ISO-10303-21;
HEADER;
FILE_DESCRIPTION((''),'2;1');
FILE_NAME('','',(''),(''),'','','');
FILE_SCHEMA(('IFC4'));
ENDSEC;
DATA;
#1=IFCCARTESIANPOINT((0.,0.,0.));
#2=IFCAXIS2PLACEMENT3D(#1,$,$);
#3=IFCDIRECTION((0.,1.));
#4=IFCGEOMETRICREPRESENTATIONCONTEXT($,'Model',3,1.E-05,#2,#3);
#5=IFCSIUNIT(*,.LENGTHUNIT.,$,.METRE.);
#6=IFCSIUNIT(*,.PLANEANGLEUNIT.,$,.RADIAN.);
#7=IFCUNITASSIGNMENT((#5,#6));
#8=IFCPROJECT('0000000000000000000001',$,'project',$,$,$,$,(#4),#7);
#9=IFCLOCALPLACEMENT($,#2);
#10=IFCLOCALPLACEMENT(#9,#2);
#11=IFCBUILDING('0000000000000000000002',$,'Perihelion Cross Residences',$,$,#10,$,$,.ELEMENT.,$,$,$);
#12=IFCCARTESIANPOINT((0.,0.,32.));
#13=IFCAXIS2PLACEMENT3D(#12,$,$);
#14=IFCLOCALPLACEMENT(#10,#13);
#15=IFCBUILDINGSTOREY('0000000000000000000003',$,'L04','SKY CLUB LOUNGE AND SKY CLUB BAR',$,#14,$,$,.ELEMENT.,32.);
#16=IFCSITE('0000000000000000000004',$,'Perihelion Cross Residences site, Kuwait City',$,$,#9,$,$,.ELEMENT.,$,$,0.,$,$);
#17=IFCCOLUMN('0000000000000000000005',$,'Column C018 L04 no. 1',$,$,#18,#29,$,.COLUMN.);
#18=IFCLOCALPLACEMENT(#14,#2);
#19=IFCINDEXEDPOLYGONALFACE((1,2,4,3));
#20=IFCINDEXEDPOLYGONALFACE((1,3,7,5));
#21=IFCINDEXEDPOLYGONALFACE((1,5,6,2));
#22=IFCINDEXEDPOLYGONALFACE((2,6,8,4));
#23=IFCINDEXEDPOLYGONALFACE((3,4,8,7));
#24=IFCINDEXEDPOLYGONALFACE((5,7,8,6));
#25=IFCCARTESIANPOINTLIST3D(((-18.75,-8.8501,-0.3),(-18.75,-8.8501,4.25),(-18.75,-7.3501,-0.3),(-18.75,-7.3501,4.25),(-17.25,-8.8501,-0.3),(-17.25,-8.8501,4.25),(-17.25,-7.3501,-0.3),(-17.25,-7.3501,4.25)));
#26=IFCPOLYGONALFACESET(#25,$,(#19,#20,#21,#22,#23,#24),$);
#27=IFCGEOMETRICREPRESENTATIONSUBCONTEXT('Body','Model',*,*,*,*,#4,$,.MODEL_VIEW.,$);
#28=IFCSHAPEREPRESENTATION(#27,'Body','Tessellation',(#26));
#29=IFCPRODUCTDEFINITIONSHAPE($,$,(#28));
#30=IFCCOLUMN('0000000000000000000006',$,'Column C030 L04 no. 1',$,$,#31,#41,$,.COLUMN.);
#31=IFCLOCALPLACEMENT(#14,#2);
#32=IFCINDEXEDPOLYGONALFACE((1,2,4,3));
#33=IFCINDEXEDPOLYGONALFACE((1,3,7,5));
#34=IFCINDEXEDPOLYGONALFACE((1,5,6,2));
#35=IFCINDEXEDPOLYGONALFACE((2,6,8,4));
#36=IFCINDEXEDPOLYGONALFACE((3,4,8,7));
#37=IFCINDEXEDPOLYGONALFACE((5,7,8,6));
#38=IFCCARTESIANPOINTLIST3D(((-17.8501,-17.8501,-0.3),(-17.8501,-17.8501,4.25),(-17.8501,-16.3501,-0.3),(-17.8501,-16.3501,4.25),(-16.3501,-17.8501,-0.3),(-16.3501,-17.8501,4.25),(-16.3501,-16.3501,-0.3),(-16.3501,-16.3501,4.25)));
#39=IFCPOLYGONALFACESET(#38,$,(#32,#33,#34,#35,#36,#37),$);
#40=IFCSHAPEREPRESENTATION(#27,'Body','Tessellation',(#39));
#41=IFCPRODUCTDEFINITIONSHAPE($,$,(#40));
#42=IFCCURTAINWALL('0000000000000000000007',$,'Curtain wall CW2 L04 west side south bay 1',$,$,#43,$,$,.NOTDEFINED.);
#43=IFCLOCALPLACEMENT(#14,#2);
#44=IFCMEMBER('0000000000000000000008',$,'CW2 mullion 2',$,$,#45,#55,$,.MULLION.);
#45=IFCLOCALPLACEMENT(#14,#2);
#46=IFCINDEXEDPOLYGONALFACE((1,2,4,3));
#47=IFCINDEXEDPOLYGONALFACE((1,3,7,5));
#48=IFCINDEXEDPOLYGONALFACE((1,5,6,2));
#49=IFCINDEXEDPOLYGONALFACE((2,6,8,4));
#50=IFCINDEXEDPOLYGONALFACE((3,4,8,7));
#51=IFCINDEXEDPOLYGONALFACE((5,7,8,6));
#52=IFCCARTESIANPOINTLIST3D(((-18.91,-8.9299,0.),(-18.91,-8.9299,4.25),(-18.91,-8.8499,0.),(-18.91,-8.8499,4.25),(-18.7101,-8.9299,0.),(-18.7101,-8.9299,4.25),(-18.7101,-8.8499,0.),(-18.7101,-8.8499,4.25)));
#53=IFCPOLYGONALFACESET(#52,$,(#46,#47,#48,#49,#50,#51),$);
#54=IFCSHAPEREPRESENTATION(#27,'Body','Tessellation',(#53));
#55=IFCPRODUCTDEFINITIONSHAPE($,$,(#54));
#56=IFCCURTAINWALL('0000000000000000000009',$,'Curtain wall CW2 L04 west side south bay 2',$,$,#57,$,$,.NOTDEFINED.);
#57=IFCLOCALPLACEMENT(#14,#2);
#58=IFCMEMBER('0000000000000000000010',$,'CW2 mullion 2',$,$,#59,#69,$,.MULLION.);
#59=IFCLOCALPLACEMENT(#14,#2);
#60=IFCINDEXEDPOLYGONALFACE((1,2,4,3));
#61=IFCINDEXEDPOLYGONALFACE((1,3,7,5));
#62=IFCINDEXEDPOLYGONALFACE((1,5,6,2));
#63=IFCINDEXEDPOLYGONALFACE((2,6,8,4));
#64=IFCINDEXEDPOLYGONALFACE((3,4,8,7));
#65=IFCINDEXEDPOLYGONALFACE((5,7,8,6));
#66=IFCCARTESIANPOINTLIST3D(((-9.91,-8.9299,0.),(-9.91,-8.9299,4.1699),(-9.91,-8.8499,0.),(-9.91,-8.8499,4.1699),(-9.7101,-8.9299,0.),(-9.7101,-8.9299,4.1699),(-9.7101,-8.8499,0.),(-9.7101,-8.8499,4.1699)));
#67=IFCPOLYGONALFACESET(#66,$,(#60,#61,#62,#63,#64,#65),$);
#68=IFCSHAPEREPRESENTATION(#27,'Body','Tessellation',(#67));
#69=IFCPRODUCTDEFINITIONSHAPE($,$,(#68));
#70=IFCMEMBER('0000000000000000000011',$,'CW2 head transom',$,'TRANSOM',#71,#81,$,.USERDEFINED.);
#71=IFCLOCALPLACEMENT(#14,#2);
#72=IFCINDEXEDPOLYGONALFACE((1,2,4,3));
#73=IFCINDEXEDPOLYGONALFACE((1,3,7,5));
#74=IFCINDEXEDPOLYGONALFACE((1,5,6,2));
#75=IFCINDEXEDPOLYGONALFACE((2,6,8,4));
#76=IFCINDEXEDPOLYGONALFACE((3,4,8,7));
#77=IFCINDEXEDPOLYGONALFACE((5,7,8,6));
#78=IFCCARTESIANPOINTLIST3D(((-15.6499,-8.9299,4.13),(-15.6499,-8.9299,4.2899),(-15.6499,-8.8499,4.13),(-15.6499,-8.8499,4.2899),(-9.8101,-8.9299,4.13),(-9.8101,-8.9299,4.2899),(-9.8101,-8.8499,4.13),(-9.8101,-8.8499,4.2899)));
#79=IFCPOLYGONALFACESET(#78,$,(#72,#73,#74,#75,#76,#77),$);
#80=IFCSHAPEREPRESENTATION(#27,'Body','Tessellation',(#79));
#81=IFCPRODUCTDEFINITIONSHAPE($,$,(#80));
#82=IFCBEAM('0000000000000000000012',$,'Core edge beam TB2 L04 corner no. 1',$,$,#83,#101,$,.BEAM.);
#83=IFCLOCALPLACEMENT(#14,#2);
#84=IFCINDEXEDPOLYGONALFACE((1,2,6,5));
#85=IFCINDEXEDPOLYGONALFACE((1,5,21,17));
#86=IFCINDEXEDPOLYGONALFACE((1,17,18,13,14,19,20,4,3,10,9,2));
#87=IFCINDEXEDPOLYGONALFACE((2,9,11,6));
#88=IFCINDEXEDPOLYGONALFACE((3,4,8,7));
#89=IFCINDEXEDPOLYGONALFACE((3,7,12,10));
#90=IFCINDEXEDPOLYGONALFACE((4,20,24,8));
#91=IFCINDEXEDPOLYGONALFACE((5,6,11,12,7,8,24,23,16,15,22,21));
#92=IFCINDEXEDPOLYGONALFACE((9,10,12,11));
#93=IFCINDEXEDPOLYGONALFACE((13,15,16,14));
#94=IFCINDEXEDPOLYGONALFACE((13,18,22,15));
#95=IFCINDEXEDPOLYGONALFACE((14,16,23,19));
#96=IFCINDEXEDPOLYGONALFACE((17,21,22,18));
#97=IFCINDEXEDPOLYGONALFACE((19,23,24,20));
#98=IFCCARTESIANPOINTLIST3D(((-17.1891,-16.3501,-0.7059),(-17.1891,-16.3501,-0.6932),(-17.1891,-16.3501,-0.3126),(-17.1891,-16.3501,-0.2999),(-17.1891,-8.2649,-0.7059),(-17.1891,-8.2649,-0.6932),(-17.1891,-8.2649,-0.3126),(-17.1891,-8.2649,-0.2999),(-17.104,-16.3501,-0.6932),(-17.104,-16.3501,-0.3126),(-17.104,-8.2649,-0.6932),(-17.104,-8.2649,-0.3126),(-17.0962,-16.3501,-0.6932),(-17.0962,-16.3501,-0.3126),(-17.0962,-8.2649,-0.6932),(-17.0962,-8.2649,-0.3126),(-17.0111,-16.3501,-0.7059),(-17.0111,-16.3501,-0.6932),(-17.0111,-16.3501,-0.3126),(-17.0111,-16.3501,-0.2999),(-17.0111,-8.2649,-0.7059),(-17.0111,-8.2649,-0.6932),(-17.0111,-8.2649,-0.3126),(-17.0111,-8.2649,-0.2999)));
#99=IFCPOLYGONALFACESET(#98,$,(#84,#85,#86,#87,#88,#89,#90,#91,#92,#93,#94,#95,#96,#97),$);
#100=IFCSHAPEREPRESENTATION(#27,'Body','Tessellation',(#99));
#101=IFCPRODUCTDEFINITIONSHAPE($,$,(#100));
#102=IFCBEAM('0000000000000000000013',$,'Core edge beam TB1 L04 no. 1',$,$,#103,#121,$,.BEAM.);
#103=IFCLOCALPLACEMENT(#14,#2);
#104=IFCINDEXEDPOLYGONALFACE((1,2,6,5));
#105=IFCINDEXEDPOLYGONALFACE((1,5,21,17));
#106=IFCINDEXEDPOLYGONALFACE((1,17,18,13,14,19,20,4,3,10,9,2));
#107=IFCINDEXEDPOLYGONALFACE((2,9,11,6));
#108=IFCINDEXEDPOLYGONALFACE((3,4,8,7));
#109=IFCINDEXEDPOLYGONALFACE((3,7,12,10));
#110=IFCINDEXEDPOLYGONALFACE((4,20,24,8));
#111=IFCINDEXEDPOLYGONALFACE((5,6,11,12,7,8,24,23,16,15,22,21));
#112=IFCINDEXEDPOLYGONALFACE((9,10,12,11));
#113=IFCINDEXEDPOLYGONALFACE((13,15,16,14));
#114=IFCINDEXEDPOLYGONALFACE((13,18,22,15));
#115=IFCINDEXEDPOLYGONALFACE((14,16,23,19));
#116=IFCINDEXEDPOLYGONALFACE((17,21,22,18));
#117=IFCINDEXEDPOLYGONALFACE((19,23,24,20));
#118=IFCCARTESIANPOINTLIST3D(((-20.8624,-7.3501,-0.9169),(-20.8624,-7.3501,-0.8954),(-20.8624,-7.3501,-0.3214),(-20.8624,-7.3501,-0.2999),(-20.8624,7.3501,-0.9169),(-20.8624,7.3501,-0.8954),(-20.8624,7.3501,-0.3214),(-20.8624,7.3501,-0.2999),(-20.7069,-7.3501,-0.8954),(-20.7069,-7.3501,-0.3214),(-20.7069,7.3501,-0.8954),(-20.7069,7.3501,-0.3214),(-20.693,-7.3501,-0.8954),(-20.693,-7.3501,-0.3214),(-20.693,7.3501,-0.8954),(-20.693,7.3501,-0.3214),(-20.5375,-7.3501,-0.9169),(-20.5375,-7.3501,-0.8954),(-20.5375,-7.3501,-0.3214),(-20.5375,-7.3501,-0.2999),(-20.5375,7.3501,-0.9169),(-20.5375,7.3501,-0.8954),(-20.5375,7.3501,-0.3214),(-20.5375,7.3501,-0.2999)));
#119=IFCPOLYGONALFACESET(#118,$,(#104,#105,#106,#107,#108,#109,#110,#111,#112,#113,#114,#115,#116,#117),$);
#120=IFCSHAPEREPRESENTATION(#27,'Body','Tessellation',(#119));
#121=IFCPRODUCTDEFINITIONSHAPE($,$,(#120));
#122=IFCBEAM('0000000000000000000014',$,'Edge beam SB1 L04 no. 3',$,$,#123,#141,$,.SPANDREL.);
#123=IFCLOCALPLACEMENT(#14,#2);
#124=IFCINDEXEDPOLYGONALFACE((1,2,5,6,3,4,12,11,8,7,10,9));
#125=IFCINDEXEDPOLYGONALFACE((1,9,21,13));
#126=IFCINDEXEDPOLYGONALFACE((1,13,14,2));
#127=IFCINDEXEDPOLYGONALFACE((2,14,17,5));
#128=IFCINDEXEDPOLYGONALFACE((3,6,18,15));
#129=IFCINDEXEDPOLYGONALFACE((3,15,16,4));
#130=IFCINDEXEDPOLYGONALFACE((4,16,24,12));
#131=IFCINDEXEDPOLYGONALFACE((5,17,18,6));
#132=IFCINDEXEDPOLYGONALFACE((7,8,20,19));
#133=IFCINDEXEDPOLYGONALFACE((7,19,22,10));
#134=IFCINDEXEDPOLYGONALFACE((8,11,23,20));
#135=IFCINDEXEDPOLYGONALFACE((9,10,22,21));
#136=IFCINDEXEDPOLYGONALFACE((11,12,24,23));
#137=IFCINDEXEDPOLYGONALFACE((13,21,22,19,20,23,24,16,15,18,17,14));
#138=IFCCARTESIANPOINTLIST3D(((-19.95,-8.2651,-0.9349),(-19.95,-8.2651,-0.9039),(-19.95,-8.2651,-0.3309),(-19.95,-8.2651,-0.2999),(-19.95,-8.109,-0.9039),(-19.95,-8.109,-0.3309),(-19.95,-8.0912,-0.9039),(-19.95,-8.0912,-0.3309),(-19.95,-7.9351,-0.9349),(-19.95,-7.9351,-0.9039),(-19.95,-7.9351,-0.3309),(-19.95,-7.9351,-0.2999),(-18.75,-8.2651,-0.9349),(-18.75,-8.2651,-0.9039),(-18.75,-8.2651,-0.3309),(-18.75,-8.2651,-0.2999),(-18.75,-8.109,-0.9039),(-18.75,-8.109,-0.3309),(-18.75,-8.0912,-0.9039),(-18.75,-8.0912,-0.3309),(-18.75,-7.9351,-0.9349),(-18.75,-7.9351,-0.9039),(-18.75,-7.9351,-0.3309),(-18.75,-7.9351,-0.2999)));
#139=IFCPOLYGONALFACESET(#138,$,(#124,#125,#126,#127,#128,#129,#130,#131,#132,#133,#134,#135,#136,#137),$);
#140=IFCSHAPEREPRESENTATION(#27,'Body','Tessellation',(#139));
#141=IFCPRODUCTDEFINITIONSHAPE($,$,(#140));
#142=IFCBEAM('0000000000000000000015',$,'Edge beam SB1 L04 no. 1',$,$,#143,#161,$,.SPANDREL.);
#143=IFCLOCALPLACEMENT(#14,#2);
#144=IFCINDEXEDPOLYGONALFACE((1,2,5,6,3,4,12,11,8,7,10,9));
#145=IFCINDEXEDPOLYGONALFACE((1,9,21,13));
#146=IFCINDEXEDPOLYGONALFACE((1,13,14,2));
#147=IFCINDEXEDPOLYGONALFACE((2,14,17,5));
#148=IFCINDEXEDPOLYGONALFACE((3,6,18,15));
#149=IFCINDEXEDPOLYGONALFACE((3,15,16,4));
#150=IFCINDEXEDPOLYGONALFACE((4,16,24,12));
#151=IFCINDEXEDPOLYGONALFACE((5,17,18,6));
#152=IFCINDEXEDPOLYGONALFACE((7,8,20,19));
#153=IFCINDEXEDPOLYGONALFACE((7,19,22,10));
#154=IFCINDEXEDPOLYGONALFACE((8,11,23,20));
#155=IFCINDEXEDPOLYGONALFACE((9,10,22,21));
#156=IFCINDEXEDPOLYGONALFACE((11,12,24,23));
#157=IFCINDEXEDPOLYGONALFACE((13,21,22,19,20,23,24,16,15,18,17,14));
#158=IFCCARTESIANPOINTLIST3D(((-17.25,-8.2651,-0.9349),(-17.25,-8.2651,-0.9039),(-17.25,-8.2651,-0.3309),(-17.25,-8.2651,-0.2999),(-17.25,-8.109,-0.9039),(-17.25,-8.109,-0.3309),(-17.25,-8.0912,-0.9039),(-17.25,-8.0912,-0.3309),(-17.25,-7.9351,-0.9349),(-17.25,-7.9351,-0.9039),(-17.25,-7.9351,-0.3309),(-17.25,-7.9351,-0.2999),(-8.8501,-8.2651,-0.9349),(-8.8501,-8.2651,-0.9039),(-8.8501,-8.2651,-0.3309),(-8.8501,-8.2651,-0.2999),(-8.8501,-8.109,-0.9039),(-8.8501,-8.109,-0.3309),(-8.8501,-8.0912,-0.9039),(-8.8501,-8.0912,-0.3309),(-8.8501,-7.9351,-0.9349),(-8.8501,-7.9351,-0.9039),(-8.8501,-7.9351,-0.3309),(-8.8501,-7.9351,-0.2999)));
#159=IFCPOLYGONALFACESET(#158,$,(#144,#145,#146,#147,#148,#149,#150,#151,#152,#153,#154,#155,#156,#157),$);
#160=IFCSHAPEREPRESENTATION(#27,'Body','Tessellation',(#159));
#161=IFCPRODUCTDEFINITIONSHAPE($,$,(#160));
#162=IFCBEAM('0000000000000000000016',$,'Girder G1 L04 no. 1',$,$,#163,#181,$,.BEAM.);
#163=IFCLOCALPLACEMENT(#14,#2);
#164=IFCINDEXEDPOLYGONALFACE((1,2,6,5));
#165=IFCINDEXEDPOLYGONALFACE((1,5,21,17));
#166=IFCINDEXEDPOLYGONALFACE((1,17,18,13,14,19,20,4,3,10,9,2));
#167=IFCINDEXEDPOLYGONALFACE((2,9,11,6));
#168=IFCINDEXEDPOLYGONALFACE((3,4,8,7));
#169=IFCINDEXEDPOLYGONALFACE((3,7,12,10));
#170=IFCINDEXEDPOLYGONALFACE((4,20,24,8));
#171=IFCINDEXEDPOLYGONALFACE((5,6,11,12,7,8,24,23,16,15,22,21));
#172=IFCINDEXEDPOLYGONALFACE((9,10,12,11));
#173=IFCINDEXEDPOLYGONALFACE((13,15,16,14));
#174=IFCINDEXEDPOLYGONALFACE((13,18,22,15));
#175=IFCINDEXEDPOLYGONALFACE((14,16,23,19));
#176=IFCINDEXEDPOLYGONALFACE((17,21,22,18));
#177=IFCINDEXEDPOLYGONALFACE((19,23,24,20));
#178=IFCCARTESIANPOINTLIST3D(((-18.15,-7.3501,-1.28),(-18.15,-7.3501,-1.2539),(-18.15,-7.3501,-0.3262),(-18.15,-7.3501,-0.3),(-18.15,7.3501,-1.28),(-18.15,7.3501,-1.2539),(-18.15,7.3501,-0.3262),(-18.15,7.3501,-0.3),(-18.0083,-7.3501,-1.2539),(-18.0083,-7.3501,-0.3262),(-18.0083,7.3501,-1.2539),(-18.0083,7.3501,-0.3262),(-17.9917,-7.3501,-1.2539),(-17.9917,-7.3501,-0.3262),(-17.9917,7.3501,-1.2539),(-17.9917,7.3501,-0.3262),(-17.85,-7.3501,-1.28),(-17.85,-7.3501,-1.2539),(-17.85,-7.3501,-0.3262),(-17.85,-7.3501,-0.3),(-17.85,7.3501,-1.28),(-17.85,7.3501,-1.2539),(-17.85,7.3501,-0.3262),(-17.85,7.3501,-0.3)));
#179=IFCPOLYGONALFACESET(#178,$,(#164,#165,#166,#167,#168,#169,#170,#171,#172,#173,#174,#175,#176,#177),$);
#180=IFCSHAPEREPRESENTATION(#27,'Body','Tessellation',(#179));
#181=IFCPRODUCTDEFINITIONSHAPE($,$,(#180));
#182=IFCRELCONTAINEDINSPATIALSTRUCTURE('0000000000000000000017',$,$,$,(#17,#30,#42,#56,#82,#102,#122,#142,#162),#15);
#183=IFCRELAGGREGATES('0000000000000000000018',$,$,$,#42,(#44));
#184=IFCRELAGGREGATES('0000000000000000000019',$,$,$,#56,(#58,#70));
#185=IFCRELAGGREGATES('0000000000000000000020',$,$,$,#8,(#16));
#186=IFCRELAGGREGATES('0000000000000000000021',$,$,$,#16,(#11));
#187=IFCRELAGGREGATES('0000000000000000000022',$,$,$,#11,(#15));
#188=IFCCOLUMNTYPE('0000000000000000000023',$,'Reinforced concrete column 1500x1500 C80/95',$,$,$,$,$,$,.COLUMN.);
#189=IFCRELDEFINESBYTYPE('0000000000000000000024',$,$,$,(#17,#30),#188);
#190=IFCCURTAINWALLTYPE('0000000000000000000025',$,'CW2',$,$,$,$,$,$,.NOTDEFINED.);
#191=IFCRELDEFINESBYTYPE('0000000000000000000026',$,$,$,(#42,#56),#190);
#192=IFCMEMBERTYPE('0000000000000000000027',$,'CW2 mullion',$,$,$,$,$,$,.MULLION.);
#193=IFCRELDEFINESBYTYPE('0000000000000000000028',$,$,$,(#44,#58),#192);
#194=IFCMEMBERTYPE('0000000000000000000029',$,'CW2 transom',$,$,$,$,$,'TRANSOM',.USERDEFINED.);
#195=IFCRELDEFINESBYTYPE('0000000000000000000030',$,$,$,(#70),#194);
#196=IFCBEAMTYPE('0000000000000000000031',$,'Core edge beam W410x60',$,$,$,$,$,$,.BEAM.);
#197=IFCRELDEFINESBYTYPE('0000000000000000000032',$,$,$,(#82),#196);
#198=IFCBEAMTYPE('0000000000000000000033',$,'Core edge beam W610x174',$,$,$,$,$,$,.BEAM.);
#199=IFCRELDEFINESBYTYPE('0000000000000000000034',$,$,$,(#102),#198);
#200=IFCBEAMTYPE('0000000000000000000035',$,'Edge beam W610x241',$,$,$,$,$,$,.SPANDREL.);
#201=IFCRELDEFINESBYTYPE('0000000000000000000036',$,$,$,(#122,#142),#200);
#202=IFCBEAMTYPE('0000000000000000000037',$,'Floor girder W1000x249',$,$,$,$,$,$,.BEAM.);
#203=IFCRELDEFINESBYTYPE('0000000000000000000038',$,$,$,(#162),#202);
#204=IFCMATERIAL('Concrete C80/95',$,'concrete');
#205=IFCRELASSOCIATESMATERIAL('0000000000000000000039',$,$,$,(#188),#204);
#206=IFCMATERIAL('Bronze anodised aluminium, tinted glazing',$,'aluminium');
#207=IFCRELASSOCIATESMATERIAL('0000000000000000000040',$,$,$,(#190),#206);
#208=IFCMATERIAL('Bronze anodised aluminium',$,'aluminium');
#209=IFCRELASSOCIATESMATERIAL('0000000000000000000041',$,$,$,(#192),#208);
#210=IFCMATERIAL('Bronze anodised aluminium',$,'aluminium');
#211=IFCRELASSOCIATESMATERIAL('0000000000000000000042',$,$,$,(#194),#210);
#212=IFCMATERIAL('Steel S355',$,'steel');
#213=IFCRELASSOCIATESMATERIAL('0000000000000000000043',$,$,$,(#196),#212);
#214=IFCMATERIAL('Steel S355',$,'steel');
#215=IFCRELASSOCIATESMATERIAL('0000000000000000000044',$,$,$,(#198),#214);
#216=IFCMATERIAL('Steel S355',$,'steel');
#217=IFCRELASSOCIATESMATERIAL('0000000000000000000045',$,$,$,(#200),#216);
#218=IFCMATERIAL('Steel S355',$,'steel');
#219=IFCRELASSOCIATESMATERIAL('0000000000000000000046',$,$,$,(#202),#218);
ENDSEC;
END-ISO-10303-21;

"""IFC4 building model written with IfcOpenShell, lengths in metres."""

from ifc_helpers import new_model, si_unit, direction, frame, origin, origin_2d, place, context, subcontext, project, spatial, rectangle, i_section, extrude, material, material_profile, profile_set, type_object, element, aggregate, save


model = new_model("IFC4")

# Units and contexts
model_context = context("Model", 3, precision=1e-05, world=origin(), true_north=direction((0.0, 1.0)))
body_context = subcontext(model_context, "Body", "Model", "MODEL_VIEW")
ifc_project = project(units=[si_unit("LENGTHUNIT", "METRE"), si_unit("PLANEANGLEUNIT", "RADIAN")], contexts=[model_context])

# Site, building, storey
site_placement = place(None, origin())
site = spatial("IfcSite", under=ifc_project, at=site_placement, Name="Perihelion Cross Residences site, Kuwait City", CompositionType="ELEMENT", RefElevation=0.0)
building_placement = place(site_placement, origin())
building = spatial("IfcBuilding", under=site, at=building_placement, Name="Perihelion Cross Residences", CompositionType="ELEMENT")
storey_placement = place(building_placement, frame((0.0, 0.0, 32.0)))
storey = spatial("IfcBuildingStorey", under=building, at=storey_placement, Name="L04", Description="SKY CLUB LOUNGE AND SKY CLUB BAR", CompositionType="ELEMENT", Elevation=32.0)

# Columns
ifc_material_1 = material(Name="Concrete C80/95", Category="concrete")
ifc_material_profile_1 = material_profile(ifc_material_1, rectangle(XDim=1.5, YDim=1.5, at=origin_2d()), Name="RC 1500x1500")
ifc_profile_set_1 = profile_set([ifc_material_profile_1], Name="Concrete C80/95")
column_type = type_object("IfcColumnType", Name="Reinforced concrete column 1500x1500 C80/95", PredefinedType="COLUMN", material=ifc_profile_set_1)
for number, where, z_axis, x_axis, name in (
    (1, (-18.0, -8.1001, -0.3), (0.0, 0.0, 1.0), (1.0, 0.0, 0.0), "Column C018 L04 no. 1"),
    (2, (-17.1001, -17.1001, -0.3), (0.0, 0.0, 1.0), (1.0, 0.0, 0.0), "Column C030 L04 no. 1"),
):
    element("IfcColumn", number, at=place(storey_placement, frame(where, z_axis=z_axis, x_axis=x_axis)), inside=storey, type_object=column_type, Name=name, PredefinedType="COLUMN", context=body_context, shape_type="SweptSolid", body=[
        extrude(rectangle(XDim=1.5, YDim=1.5, at=origin_2d()), origin(), (0.0, 0.0, 1.0), 4.55),
    ])

# Curtain wall, member
ifc_material_2 = material(Name="Bronze anodised aluminium, tinted glazing", Category="aluminium")
curtain_wall_type = type_object("IfcCurtainWallType", Name="CW2", PredefinedType="NOTDEFINED", material=ifc_material_2)
curtain_wall_1_placement = place(storey_placement, origin())
curtain_wall_1 = element("IfcCurtainWall", 3, at=curtain_wall_1_placement, inside=storey, type_object=curtain_wall_type, Name="Curtain wall CW2 L04 west side south bay 1", PredefinedType="NOTDEFINED")
ifc_material_3 = material(Name="Bronze anodised aluminium", Category="aluminium")
ifc_material_profile_2 = material_profile(ifc_material_3, rectangle(XDim=0.0801, YDim=0.2, at=origin_2d()), Name="CW2 mullion")
ifc_profile_set_2 = profile_set([ifc_material_profile_2], Name="Bronze anodised aluminium")
member_type_1 = type_object("IfcMemberType", Name="CW2 mullion", PredefinedType="MULLION", material=ifc_profile_set_2)
member_1_placement = place(storey_placement, frame((-18.8101, -8.8899, 0.0), z_axis=(0.0, 0.0, 1.0), x_axis=(0.0, 1.0, 0.0)))
member_1 = element("IfcMember", 4, at=member_1_placement, type_object=member_type_1, Name="CW2 mullion 2", PredefinedType="MULLION", context=body_context, shape_type="SweptSolid", body=[
    extrude(rectangle(XDim=0.0801, YDim=0.2, at=origin_2d()), origin(), (0.0, 0.0, 1.0), 4.25),
])

# Curtain wall, members
curtain_wall_2_placement = place(storey_placement, origin())
curtain_wall_2 = element("IfcCurtainWall", 5, at=curtain_wall_2_placement, inside=storey, type_object=curtain_wall_type, Name="Curtain wall CW2 L04 west side south bay 2", PredefinedType="NOTDEFINED")
member_2_placement = place(storey_placement, frame((-9.8101, -8.8899, 0.0), z_axis=(0.0, 0.0, 1.0), x_axis=(0.0, 1.0, 0.0)))
member_2 = element("IfcMember", 6, at=member_2_placement, type_object=member_type_1, Name="CW2 mullion 2", PredefinedType="MULLION", context=body_context, shape_type="SweptSolid", body=[
    extrude(rectangle(XDim=0.0801, YDim=0.2, at=origin_2d()), origin(), (0.0, 0.0, 1.0), 4.1699),
])
ifc_material_4 = material(Name="Bronze anodised aluminium", Category="aluminium")
ifc_material_profile_3 = material_profile(ifc_material_4, rectangle(XDim=0.0801, YDim=0.1599, at=origin_2d()), Name="CW2 transom")
ifc_profile_set_3 = profile_set([ifc_material_profile_3], Name="Bronze anodised aluminium")
member_type_2 = type_object("IfcMemberType", Name="CW2 transom", ElementType="TRANSOM", PredefinedType="USERDEFINED", material=ifc_profile_set_3)
member_3_placement = place(storey_placement, frame((-15.6499, -8.8899, 4.21), z_axis=(1.0, 0.0, 0.0), x_axis=(0.0, 1.0, 0.0)))
member_3 = element("IfcMember", 7, at=member_3_placement, type_object=member_type_2, Name="CW2 head transom", ObjectType="TRANSOM", PredefinedType="USERDEFINED", context=body_context, shape_type="SweptSolid", body=[
    extrude(rectangle(XDim=0.0801, YDim=0.1599, at=origin_2d()), origin(), (0.0, 0.0, 1.0), 5.8398),
])

# Beams
ifc_material_5 = material(Name="Steel S355", Category="steel")
ifc_material_profile_4 = material_profile(ifc_material_5, i_section(OverallWidth=0.178, OverallDepth=0.406, WebThickness=0.0078, FlangeThickness=0.0127, at=origin_2d()), Name="W410x60")
ifc_profile_set_4 = profile_set([ifc_material_profile_4], Name="Steel S355")
beam_type_1 = type_object("IfcBeamType", Name="Core edge beam W410x60", PredefinedType="BEAM", material=ifc_profile_set_4)
beam_1_placement = place(storey_placement, frame((-17.1001, -8.2649, -0.5029), z_axis=(0.0, -1.0, 0.0), x_axis=(1.0, 0.0, 0.0)))
element("IfcBeam", 8, at=beam_1_placement, inside=storey, type_object=beam_type_1, Name="Core edge beam TB2 L04 corner no. 1", PredefinedType="BEAM", context=body_context, shape_type="SweptSolid", body=[
    extrude(i_section(OverallWidth=0.178, OverallDepth=0.406, WebThickness=0.0078, FlangeThickness=0.0127, at=origin_2d()), origin(), (0.0, 0.0, 1.0), 8.0852),
])
ifc_material_6 = material(Name="Steel S355", Category="steel")
ifc_material_profile_5 = material_profile(ifc_material_6, i_section(OverallWidth=0.325, OverallDepth=0.6169, WebThickness=0.0139, FlangeThickness=0.0215, at=origin_2d()), Name="W610x174")
ifc_profile_set_5 = profile_set([ifc_material_profile_5], Name="Steel S355")
beam_type_2 = type_object("IfcBeamType", Name="Core edge beam W610x174", PredefinedType="BEAM", material=ifc_profile_set_5)
beam_2_placement = place(storey_placement, frame((-20.7, -7.3501, -0.6084), z_axis=(0.0, 1.0, 0.0), x_axis=(-1.0, 0.0, 0.0)))
element("IfcBeam", 9, at=beam_2_placement, inside=storey, type_object=beam_type_2, Name="Core edge beam TB1 L04 no. 1", PredefinedType="BEAM", context=body_context, shape_type="SweptSolid", body=[
    extrude(i_section(OverallWidth=0.325, OverallDepth=0.6169, WebThickness=0.0139, FlangeThickness=0.0215, at=origin_2d()), origin(), (0.0, 0.0, 1.0), 14.7002),
])
ifc_material_7 = material(Name="Steel S355", Category="steel")
ifc_material_profile_6 = material_profile(ifc_material_7, i_section(OverallWidth=0.3301, OverallDepth=0.635, WebThickness=0.0178, FlangeThickness=0.031, at=origin_2d()), Name="W610x241")
ifc_profile_set_6 = profile_set([ifc_material_profile_6], Name="Steel S355")
beam_type_3 = type_object("IfcBeamType", Name="Edge beam W610x241", PredefinedType="SPANDREL", material=ifc_profile_set_6)
beam_3_placement = place(storey_placement, frame((-19.95, -8.1001, -0.6174), z_axis=(1.0, 0.0, 0.0), x_axis=(0.0, 1.0, 0.0)))
element("IfcBeam", 10, at=beam_3_placement, inside=storey, type_object=beam_type_3, Name="Edge beam SB1 L04 no. 3", PredefinedType="SPANDREL", context=body_context, shape_type="SweptSolid", body=[
    extrude(i_section(OverallWidth=0.3301, OverallDepth=0.635, WebThickness=0.0178, FlangeThickness=0.031, at=origin_2d()), origin(), (0.0, 0.0, 1.0), 1.2),
])
beam_4_placement = place(storey_placement, frame((-17.25, -8.1001, -0.6174), z_axis=(1.0, 0.0, 0.0), x_axis=(0.0, 1.0, 0.0)))
element("IfcBeam", 11, at=beam_4_placement, inside=storey, type_object=beam_type_3, Name="Edge beam SB1 L04 no. 1", PredefinedType="SPANDREL", context=body_context, shape_type="SweptSolid", body=[
    extrude(i_section(OverallWidth=0.3301, OverallDepth=0.635, WebThickness=0.0178, FlangeThickness=0.031, at=origin_2d()), origin(), (0.0, 0.0, 1.0), 8.3999),
])
ifc_material_8 = material(Name="Steel S355", Category="steel")
ifc_material_profile_7 = material_profile(ifc_material_8, i_section(OverallWidth=0.3, OverallDepth=0.98, WebThickness=0.0166, FlangeThickness=0.0261, at=origin_2d()), Name="W1000x249")
ifc_profile_set_7 = profile_set([ifc_material_profile_7], Name="Steel S355")
beam_type_4 = type_object("IfcBeamType", Name="Floor girder W1000x249", PredefinedType="BEAM", material=ifc_profile_set_7)
beam_5_placement = place(storey_placement, frame((-18.0, -7.3501, -0.79), z_axis=(0.0, 1.0, 0.0), x_axis=(-1.0, 0.0, 0.0)))
element("IfcBeam", 12, at=beam_5_placement, inside=storey, type_object=beam_type_4, Name="Girder G1 L04 no. 1", PredefinedType="BEAM", context=body_context, shape_type="SweptSolid", body=[
    extrude(i_section(OverallWidth=0.3, OverallDepth=0.98, WebThickness=0.0166, FlangeThickness=0.0261, at=origin_2d()), origin(), (0.0, 0.0, 1.0), 14.7002),
])

aggregate(curtain_wall_1, [member_1])
aggregate(curtain_wall_2, [member_2, member_3])

save(model, "model.ifc")
